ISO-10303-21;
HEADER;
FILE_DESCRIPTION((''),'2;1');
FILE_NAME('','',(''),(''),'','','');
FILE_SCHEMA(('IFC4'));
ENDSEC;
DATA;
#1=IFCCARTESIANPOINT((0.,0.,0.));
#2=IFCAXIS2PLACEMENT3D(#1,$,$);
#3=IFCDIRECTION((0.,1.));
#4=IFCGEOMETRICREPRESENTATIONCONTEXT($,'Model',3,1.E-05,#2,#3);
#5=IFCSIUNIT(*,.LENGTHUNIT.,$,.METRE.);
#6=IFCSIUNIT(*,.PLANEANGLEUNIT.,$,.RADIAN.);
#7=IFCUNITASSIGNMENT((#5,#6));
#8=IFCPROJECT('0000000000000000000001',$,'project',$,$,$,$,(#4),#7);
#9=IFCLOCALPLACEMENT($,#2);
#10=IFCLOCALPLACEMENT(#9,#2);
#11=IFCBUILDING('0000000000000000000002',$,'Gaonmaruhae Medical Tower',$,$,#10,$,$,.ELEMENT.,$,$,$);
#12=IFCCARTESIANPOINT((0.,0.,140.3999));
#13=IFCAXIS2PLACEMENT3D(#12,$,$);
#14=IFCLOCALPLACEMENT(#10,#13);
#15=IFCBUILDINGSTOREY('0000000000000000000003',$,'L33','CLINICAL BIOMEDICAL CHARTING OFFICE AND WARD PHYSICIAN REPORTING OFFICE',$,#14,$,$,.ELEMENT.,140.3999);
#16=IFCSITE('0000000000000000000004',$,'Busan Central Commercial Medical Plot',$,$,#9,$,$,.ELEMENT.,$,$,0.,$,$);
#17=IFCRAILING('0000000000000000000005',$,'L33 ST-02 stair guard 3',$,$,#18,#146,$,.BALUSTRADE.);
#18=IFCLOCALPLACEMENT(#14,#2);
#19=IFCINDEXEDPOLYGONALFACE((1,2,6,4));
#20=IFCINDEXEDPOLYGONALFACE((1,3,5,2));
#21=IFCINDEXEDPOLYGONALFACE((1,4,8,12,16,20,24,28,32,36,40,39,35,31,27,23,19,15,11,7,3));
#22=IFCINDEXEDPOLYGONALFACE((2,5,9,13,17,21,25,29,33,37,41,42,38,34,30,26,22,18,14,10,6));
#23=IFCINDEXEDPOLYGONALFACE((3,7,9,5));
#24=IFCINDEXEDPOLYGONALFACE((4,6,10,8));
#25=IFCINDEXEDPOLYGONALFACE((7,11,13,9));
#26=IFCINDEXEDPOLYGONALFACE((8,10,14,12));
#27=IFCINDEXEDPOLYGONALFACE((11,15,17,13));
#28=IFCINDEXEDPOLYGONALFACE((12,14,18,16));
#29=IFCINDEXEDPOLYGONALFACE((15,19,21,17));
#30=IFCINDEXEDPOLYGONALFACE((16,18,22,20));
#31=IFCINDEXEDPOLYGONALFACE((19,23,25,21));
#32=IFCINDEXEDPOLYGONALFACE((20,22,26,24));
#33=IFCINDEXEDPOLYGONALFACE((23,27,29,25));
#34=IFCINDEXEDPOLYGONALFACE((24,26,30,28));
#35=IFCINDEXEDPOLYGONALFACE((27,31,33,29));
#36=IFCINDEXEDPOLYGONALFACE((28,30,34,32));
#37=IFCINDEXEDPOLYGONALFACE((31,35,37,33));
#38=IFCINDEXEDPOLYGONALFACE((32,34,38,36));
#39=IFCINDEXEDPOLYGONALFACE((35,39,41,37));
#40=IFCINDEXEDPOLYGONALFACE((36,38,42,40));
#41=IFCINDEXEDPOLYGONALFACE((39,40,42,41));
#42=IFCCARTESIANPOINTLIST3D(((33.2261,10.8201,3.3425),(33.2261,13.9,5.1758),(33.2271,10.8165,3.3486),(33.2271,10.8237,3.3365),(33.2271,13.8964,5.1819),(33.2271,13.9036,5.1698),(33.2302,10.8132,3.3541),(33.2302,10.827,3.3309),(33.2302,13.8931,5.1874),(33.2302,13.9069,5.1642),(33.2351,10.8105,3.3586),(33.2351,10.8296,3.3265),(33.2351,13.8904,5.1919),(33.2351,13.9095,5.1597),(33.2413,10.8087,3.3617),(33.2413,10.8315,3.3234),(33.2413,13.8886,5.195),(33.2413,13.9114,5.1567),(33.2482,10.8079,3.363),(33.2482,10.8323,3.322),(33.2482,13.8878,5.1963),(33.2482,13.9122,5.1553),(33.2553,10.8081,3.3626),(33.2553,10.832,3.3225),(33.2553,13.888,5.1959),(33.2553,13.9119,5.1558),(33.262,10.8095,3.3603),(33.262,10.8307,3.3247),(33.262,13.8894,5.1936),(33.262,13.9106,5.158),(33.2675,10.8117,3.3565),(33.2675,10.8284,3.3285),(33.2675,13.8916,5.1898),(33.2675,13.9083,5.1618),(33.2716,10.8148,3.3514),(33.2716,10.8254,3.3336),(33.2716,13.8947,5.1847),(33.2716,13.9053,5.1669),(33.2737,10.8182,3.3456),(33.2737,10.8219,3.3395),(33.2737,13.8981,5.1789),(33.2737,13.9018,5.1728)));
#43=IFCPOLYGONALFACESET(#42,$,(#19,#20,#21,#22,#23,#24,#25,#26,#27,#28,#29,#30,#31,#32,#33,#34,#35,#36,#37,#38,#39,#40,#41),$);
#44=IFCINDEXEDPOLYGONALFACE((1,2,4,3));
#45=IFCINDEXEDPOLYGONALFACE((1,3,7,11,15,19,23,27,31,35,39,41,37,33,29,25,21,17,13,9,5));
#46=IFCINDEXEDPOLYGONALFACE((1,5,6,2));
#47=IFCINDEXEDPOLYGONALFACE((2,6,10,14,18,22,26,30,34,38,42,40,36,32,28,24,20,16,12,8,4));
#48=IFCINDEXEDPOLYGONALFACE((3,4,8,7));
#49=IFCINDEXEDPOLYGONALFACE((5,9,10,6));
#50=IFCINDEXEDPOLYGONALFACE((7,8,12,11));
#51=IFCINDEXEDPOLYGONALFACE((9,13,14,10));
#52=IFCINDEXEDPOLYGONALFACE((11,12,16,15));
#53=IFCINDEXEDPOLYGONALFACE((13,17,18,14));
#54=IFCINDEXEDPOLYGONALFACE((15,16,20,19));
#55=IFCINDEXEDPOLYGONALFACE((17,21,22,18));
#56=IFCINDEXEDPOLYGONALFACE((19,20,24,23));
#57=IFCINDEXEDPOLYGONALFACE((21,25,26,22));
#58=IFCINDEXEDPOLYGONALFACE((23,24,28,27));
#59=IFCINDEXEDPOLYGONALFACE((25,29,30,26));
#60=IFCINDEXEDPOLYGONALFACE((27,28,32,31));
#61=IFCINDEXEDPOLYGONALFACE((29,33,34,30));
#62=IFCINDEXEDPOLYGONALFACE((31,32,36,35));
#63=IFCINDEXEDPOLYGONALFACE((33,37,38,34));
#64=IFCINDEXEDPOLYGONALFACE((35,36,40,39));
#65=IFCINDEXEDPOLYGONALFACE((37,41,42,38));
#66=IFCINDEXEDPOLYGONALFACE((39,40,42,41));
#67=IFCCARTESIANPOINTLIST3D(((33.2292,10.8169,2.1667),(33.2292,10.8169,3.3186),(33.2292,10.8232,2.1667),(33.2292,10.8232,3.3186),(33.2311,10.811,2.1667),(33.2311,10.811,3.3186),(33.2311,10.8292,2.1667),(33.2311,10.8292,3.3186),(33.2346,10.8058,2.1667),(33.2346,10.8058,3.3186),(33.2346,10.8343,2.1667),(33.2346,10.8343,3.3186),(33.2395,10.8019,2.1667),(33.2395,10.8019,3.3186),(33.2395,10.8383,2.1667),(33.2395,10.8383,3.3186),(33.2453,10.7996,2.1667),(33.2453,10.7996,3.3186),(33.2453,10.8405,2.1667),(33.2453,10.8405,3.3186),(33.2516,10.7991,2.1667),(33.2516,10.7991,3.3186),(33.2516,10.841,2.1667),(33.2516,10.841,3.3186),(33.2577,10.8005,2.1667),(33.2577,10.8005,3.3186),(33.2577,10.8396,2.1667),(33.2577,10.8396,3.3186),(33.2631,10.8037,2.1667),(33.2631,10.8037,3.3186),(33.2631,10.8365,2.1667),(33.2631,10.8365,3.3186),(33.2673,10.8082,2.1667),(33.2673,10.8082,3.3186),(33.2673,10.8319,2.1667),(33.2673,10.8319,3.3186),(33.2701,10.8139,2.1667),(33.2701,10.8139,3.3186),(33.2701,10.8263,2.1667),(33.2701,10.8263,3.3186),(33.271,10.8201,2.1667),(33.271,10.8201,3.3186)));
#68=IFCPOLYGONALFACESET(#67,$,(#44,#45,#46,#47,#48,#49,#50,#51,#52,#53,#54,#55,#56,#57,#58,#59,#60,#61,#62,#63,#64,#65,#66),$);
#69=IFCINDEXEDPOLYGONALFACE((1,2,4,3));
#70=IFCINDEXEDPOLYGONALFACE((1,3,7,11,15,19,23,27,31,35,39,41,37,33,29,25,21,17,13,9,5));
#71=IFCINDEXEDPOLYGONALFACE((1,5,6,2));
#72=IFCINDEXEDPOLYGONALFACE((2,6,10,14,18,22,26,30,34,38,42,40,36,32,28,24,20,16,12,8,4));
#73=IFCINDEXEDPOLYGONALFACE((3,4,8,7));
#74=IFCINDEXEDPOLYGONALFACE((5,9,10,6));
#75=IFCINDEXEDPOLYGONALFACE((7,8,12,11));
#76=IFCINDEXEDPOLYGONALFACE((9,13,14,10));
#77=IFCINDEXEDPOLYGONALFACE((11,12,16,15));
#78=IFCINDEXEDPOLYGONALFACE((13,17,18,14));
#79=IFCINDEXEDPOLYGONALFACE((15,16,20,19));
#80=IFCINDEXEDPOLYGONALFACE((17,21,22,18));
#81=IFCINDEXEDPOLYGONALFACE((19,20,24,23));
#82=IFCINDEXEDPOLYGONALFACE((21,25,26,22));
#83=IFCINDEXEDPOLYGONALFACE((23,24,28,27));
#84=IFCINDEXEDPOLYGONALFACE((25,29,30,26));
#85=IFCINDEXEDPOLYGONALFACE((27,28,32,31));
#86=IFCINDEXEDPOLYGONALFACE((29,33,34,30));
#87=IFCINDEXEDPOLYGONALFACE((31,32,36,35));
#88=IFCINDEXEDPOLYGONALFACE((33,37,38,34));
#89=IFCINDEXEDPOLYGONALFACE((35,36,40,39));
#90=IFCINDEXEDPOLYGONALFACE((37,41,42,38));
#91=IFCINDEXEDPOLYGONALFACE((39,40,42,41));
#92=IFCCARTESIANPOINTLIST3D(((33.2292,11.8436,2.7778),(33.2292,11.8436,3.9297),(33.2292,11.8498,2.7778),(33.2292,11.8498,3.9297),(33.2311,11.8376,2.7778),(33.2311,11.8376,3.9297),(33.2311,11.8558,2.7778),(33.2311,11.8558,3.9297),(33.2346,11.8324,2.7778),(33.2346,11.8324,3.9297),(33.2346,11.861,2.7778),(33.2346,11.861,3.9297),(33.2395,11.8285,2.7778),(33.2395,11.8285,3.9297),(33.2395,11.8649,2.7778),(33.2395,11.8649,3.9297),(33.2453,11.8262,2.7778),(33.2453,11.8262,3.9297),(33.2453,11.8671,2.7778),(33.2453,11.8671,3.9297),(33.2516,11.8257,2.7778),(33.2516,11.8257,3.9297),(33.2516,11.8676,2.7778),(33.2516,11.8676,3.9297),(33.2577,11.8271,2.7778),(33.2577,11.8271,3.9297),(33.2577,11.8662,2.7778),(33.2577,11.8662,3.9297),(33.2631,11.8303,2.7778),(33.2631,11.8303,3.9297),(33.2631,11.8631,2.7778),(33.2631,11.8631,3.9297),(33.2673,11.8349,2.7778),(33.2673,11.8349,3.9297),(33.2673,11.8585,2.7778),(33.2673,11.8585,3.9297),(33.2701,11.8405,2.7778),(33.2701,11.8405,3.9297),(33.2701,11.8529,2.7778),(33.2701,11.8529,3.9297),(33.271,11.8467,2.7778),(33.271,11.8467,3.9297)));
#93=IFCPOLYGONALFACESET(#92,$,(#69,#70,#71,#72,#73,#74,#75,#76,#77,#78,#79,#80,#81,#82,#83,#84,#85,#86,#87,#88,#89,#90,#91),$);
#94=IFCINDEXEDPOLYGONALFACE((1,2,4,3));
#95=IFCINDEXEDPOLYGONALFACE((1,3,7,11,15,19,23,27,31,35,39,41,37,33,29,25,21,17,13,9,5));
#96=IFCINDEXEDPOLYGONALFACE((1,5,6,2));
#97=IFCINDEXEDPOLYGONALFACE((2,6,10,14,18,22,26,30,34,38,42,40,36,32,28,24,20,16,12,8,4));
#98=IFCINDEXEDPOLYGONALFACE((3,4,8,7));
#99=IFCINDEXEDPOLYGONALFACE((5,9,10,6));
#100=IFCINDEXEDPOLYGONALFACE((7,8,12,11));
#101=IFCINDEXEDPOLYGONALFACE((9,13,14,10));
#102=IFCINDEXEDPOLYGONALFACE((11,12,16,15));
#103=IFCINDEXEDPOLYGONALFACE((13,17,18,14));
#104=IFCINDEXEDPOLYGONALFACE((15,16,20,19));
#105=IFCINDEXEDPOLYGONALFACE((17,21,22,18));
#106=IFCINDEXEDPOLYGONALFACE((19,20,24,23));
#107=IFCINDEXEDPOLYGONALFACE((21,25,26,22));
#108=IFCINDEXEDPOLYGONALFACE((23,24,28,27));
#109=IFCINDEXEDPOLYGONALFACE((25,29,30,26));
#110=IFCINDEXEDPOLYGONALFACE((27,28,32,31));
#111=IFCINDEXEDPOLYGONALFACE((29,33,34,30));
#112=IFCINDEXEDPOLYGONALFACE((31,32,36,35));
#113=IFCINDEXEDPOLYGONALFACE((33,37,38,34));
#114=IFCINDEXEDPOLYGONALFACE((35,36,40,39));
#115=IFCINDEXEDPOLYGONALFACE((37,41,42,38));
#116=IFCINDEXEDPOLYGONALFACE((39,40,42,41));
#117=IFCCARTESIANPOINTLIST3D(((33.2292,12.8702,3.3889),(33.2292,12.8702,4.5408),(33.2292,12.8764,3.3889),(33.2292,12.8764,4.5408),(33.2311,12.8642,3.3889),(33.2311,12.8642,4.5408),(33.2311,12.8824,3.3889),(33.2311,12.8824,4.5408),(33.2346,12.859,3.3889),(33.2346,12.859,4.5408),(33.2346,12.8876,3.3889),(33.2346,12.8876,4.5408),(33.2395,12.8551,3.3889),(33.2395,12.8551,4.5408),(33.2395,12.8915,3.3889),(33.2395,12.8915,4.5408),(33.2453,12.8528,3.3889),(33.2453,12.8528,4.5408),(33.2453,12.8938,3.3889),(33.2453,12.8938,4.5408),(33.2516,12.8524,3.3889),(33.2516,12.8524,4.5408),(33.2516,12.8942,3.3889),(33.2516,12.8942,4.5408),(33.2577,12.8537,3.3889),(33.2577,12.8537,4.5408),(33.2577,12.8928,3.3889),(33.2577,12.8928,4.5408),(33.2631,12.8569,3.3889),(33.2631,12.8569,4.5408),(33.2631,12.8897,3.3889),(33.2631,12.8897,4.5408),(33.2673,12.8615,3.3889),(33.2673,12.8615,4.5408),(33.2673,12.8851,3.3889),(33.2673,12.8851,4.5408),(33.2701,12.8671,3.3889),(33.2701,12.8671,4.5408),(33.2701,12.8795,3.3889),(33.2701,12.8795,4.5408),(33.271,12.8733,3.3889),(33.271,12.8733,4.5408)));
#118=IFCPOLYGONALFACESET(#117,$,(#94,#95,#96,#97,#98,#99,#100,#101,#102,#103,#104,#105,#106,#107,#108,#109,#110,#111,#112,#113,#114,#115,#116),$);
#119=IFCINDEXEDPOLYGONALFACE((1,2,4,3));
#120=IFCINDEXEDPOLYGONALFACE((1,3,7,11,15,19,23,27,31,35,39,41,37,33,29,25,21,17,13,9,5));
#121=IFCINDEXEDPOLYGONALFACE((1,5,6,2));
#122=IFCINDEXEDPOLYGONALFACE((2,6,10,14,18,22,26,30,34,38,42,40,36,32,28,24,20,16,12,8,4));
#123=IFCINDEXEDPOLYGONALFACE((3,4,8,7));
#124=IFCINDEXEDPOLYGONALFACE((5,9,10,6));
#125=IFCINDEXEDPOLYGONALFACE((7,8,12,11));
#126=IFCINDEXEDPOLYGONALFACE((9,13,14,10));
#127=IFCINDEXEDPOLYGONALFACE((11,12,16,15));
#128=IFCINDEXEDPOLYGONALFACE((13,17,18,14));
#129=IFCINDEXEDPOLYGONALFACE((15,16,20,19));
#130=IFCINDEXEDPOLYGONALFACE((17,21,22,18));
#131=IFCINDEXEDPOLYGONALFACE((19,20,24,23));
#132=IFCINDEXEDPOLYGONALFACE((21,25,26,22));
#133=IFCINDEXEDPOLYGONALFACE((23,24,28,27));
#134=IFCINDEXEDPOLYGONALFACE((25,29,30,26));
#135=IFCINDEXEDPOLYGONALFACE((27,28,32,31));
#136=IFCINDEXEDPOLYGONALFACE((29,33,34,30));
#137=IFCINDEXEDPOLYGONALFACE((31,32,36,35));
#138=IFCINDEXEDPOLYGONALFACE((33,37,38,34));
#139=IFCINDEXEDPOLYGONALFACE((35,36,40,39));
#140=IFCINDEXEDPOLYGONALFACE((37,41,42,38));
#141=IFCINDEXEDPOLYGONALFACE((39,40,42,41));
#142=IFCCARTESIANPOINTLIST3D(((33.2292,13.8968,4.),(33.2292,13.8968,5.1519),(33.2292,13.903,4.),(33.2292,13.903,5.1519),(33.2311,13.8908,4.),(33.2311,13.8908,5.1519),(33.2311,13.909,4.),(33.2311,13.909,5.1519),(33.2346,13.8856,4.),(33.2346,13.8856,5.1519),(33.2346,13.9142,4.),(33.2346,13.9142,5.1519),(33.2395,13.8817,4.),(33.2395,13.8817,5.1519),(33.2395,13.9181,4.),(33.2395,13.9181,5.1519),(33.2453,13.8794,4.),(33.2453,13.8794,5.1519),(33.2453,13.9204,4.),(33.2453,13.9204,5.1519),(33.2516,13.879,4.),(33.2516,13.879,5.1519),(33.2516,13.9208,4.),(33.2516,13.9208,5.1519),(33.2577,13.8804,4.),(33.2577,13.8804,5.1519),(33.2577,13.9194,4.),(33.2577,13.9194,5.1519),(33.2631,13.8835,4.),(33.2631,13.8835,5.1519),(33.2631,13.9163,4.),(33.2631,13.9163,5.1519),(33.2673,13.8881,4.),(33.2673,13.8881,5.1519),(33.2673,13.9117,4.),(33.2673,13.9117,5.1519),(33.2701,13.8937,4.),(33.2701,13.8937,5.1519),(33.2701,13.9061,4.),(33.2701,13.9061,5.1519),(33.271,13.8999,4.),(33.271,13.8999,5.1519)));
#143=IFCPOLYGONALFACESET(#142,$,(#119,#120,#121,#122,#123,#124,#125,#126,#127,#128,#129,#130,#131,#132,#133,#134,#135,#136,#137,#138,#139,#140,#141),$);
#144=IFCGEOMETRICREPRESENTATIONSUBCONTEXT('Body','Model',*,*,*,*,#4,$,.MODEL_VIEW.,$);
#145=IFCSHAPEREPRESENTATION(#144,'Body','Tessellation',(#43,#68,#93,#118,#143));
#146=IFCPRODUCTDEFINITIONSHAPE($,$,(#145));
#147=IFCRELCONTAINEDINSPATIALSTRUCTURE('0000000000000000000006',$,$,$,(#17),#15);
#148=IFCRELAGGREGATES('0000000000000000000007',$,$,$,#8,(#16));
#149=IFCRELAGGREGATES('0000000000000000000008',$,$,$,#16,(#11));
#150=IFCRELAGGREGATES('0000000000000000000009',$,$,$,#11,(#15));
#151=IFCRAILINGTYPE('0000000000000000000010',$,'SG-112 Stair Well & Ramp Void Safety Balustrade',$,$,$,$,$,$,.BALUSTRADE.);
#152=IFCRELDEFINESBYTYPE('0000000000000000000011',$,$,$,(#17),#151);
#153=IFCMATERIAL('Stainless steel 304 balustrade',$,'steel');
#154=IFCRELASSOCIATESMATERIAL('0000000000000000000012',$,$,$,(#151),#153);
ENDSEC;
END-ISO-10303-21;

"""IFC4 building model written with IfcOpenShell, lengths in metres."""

from ifc_helpers import new_model, si_unit, direction, frame, origin, origin_2d, place, context, subcontext, project, spatial, circle, extrude, material, type_object, element, save


model = new_model("IFC4")

# Units and contexts
model_context = context("Model", 3, precision=1e-05, world=origin(), true_north=direction((0.0, 1.0)))
body_context = subcontext(model_context, "Body", "Model", "MODEL_VIEW")
ifc_project = project(units=[si_unit("LENGTHUNIT", "METRE"), si_unit("PLANEANGLEUNIT", "RADIAN")], contexts=[model_context])

# Site, building, storey
site_placement = place(None, origin())
site = spatial("IfcSite", under=ifc_project, at=site_placement, Name="Busan Central Commercial Medical Plot", CompositionType="ELEMENT", RefElevation=0.0)
building_placement = place(site_placement, origin())
building = spatial("IfcBuilding", under=site, at=building_placement, Name="Gaonmaruhae Medical Tower", CompositionType="ELEMENT")
storey_placement = place(building_placement, frame((0.0, 0.0, 140.3999)))
storey = spatial("IfcBuildingStorey", under=building, at=storey_placement, Name="L33", Description="CLINICAL BIOMEDICAL CHARTING OFFICE AND WARD PHYSICIAN REPORTING OFFICE", CompositionType="ELEMENT", Elevation=140.3999)

# Railing
ifc_material_1 = material(Name="Stainless steel 304 balustrade", Category="steel")
railing_type = type_object("IfcRailingType", Name="SG-112 Stair Well & Ramp Void Safety Balustrade", PredefinedType="BALUSTRADE", material=ifc_material_1)
railing_1_placement = place(storey_placement, frame((33.25, 10.8201, 2.1667)))
element("IfcRailing", 1, at=railing_1_placement, inside=storey, type_object=railing_type, Name="L33 ST-02 stair guard 3", PredefinedType="BALUSTRADE", context=body_context, shape_type="SweptSolid", body=[
    extrude(circle(Radius=0.0239, at=origin_2d()), frame((0.0, 0.0, 1.1758), z_axis=(0.0, 0.859291, 0.511487), x_axis=(-1.0, 0.0, 0.0)), (0.0, 0.0, 1.0), 3.5842),
    extrude(circle(Radius=0.021, at=origin_2d()), origin(), (0.0, 0.0, 1.0), 1.1519),
    extrude(circle(Radius=0.021, at=origin_2d()), frame((0.0, 1.0266, 0.6111)), (0.0, 0.0, 1.0), 1.1519),
    extrude(circle(Radius=0.021, at=origin_2d()), frame((0.0, 2.0532, 1.2222)), (0.0, 0.0, 1.0), 1.1519),
    extrude(circle(Radius=0.021, at=origin_2d()), frame((0.0, 3.0798, 1.8333)), (0.0, 0.0, 1.0), 1.1519),
])

save(model, "model.ifc")
